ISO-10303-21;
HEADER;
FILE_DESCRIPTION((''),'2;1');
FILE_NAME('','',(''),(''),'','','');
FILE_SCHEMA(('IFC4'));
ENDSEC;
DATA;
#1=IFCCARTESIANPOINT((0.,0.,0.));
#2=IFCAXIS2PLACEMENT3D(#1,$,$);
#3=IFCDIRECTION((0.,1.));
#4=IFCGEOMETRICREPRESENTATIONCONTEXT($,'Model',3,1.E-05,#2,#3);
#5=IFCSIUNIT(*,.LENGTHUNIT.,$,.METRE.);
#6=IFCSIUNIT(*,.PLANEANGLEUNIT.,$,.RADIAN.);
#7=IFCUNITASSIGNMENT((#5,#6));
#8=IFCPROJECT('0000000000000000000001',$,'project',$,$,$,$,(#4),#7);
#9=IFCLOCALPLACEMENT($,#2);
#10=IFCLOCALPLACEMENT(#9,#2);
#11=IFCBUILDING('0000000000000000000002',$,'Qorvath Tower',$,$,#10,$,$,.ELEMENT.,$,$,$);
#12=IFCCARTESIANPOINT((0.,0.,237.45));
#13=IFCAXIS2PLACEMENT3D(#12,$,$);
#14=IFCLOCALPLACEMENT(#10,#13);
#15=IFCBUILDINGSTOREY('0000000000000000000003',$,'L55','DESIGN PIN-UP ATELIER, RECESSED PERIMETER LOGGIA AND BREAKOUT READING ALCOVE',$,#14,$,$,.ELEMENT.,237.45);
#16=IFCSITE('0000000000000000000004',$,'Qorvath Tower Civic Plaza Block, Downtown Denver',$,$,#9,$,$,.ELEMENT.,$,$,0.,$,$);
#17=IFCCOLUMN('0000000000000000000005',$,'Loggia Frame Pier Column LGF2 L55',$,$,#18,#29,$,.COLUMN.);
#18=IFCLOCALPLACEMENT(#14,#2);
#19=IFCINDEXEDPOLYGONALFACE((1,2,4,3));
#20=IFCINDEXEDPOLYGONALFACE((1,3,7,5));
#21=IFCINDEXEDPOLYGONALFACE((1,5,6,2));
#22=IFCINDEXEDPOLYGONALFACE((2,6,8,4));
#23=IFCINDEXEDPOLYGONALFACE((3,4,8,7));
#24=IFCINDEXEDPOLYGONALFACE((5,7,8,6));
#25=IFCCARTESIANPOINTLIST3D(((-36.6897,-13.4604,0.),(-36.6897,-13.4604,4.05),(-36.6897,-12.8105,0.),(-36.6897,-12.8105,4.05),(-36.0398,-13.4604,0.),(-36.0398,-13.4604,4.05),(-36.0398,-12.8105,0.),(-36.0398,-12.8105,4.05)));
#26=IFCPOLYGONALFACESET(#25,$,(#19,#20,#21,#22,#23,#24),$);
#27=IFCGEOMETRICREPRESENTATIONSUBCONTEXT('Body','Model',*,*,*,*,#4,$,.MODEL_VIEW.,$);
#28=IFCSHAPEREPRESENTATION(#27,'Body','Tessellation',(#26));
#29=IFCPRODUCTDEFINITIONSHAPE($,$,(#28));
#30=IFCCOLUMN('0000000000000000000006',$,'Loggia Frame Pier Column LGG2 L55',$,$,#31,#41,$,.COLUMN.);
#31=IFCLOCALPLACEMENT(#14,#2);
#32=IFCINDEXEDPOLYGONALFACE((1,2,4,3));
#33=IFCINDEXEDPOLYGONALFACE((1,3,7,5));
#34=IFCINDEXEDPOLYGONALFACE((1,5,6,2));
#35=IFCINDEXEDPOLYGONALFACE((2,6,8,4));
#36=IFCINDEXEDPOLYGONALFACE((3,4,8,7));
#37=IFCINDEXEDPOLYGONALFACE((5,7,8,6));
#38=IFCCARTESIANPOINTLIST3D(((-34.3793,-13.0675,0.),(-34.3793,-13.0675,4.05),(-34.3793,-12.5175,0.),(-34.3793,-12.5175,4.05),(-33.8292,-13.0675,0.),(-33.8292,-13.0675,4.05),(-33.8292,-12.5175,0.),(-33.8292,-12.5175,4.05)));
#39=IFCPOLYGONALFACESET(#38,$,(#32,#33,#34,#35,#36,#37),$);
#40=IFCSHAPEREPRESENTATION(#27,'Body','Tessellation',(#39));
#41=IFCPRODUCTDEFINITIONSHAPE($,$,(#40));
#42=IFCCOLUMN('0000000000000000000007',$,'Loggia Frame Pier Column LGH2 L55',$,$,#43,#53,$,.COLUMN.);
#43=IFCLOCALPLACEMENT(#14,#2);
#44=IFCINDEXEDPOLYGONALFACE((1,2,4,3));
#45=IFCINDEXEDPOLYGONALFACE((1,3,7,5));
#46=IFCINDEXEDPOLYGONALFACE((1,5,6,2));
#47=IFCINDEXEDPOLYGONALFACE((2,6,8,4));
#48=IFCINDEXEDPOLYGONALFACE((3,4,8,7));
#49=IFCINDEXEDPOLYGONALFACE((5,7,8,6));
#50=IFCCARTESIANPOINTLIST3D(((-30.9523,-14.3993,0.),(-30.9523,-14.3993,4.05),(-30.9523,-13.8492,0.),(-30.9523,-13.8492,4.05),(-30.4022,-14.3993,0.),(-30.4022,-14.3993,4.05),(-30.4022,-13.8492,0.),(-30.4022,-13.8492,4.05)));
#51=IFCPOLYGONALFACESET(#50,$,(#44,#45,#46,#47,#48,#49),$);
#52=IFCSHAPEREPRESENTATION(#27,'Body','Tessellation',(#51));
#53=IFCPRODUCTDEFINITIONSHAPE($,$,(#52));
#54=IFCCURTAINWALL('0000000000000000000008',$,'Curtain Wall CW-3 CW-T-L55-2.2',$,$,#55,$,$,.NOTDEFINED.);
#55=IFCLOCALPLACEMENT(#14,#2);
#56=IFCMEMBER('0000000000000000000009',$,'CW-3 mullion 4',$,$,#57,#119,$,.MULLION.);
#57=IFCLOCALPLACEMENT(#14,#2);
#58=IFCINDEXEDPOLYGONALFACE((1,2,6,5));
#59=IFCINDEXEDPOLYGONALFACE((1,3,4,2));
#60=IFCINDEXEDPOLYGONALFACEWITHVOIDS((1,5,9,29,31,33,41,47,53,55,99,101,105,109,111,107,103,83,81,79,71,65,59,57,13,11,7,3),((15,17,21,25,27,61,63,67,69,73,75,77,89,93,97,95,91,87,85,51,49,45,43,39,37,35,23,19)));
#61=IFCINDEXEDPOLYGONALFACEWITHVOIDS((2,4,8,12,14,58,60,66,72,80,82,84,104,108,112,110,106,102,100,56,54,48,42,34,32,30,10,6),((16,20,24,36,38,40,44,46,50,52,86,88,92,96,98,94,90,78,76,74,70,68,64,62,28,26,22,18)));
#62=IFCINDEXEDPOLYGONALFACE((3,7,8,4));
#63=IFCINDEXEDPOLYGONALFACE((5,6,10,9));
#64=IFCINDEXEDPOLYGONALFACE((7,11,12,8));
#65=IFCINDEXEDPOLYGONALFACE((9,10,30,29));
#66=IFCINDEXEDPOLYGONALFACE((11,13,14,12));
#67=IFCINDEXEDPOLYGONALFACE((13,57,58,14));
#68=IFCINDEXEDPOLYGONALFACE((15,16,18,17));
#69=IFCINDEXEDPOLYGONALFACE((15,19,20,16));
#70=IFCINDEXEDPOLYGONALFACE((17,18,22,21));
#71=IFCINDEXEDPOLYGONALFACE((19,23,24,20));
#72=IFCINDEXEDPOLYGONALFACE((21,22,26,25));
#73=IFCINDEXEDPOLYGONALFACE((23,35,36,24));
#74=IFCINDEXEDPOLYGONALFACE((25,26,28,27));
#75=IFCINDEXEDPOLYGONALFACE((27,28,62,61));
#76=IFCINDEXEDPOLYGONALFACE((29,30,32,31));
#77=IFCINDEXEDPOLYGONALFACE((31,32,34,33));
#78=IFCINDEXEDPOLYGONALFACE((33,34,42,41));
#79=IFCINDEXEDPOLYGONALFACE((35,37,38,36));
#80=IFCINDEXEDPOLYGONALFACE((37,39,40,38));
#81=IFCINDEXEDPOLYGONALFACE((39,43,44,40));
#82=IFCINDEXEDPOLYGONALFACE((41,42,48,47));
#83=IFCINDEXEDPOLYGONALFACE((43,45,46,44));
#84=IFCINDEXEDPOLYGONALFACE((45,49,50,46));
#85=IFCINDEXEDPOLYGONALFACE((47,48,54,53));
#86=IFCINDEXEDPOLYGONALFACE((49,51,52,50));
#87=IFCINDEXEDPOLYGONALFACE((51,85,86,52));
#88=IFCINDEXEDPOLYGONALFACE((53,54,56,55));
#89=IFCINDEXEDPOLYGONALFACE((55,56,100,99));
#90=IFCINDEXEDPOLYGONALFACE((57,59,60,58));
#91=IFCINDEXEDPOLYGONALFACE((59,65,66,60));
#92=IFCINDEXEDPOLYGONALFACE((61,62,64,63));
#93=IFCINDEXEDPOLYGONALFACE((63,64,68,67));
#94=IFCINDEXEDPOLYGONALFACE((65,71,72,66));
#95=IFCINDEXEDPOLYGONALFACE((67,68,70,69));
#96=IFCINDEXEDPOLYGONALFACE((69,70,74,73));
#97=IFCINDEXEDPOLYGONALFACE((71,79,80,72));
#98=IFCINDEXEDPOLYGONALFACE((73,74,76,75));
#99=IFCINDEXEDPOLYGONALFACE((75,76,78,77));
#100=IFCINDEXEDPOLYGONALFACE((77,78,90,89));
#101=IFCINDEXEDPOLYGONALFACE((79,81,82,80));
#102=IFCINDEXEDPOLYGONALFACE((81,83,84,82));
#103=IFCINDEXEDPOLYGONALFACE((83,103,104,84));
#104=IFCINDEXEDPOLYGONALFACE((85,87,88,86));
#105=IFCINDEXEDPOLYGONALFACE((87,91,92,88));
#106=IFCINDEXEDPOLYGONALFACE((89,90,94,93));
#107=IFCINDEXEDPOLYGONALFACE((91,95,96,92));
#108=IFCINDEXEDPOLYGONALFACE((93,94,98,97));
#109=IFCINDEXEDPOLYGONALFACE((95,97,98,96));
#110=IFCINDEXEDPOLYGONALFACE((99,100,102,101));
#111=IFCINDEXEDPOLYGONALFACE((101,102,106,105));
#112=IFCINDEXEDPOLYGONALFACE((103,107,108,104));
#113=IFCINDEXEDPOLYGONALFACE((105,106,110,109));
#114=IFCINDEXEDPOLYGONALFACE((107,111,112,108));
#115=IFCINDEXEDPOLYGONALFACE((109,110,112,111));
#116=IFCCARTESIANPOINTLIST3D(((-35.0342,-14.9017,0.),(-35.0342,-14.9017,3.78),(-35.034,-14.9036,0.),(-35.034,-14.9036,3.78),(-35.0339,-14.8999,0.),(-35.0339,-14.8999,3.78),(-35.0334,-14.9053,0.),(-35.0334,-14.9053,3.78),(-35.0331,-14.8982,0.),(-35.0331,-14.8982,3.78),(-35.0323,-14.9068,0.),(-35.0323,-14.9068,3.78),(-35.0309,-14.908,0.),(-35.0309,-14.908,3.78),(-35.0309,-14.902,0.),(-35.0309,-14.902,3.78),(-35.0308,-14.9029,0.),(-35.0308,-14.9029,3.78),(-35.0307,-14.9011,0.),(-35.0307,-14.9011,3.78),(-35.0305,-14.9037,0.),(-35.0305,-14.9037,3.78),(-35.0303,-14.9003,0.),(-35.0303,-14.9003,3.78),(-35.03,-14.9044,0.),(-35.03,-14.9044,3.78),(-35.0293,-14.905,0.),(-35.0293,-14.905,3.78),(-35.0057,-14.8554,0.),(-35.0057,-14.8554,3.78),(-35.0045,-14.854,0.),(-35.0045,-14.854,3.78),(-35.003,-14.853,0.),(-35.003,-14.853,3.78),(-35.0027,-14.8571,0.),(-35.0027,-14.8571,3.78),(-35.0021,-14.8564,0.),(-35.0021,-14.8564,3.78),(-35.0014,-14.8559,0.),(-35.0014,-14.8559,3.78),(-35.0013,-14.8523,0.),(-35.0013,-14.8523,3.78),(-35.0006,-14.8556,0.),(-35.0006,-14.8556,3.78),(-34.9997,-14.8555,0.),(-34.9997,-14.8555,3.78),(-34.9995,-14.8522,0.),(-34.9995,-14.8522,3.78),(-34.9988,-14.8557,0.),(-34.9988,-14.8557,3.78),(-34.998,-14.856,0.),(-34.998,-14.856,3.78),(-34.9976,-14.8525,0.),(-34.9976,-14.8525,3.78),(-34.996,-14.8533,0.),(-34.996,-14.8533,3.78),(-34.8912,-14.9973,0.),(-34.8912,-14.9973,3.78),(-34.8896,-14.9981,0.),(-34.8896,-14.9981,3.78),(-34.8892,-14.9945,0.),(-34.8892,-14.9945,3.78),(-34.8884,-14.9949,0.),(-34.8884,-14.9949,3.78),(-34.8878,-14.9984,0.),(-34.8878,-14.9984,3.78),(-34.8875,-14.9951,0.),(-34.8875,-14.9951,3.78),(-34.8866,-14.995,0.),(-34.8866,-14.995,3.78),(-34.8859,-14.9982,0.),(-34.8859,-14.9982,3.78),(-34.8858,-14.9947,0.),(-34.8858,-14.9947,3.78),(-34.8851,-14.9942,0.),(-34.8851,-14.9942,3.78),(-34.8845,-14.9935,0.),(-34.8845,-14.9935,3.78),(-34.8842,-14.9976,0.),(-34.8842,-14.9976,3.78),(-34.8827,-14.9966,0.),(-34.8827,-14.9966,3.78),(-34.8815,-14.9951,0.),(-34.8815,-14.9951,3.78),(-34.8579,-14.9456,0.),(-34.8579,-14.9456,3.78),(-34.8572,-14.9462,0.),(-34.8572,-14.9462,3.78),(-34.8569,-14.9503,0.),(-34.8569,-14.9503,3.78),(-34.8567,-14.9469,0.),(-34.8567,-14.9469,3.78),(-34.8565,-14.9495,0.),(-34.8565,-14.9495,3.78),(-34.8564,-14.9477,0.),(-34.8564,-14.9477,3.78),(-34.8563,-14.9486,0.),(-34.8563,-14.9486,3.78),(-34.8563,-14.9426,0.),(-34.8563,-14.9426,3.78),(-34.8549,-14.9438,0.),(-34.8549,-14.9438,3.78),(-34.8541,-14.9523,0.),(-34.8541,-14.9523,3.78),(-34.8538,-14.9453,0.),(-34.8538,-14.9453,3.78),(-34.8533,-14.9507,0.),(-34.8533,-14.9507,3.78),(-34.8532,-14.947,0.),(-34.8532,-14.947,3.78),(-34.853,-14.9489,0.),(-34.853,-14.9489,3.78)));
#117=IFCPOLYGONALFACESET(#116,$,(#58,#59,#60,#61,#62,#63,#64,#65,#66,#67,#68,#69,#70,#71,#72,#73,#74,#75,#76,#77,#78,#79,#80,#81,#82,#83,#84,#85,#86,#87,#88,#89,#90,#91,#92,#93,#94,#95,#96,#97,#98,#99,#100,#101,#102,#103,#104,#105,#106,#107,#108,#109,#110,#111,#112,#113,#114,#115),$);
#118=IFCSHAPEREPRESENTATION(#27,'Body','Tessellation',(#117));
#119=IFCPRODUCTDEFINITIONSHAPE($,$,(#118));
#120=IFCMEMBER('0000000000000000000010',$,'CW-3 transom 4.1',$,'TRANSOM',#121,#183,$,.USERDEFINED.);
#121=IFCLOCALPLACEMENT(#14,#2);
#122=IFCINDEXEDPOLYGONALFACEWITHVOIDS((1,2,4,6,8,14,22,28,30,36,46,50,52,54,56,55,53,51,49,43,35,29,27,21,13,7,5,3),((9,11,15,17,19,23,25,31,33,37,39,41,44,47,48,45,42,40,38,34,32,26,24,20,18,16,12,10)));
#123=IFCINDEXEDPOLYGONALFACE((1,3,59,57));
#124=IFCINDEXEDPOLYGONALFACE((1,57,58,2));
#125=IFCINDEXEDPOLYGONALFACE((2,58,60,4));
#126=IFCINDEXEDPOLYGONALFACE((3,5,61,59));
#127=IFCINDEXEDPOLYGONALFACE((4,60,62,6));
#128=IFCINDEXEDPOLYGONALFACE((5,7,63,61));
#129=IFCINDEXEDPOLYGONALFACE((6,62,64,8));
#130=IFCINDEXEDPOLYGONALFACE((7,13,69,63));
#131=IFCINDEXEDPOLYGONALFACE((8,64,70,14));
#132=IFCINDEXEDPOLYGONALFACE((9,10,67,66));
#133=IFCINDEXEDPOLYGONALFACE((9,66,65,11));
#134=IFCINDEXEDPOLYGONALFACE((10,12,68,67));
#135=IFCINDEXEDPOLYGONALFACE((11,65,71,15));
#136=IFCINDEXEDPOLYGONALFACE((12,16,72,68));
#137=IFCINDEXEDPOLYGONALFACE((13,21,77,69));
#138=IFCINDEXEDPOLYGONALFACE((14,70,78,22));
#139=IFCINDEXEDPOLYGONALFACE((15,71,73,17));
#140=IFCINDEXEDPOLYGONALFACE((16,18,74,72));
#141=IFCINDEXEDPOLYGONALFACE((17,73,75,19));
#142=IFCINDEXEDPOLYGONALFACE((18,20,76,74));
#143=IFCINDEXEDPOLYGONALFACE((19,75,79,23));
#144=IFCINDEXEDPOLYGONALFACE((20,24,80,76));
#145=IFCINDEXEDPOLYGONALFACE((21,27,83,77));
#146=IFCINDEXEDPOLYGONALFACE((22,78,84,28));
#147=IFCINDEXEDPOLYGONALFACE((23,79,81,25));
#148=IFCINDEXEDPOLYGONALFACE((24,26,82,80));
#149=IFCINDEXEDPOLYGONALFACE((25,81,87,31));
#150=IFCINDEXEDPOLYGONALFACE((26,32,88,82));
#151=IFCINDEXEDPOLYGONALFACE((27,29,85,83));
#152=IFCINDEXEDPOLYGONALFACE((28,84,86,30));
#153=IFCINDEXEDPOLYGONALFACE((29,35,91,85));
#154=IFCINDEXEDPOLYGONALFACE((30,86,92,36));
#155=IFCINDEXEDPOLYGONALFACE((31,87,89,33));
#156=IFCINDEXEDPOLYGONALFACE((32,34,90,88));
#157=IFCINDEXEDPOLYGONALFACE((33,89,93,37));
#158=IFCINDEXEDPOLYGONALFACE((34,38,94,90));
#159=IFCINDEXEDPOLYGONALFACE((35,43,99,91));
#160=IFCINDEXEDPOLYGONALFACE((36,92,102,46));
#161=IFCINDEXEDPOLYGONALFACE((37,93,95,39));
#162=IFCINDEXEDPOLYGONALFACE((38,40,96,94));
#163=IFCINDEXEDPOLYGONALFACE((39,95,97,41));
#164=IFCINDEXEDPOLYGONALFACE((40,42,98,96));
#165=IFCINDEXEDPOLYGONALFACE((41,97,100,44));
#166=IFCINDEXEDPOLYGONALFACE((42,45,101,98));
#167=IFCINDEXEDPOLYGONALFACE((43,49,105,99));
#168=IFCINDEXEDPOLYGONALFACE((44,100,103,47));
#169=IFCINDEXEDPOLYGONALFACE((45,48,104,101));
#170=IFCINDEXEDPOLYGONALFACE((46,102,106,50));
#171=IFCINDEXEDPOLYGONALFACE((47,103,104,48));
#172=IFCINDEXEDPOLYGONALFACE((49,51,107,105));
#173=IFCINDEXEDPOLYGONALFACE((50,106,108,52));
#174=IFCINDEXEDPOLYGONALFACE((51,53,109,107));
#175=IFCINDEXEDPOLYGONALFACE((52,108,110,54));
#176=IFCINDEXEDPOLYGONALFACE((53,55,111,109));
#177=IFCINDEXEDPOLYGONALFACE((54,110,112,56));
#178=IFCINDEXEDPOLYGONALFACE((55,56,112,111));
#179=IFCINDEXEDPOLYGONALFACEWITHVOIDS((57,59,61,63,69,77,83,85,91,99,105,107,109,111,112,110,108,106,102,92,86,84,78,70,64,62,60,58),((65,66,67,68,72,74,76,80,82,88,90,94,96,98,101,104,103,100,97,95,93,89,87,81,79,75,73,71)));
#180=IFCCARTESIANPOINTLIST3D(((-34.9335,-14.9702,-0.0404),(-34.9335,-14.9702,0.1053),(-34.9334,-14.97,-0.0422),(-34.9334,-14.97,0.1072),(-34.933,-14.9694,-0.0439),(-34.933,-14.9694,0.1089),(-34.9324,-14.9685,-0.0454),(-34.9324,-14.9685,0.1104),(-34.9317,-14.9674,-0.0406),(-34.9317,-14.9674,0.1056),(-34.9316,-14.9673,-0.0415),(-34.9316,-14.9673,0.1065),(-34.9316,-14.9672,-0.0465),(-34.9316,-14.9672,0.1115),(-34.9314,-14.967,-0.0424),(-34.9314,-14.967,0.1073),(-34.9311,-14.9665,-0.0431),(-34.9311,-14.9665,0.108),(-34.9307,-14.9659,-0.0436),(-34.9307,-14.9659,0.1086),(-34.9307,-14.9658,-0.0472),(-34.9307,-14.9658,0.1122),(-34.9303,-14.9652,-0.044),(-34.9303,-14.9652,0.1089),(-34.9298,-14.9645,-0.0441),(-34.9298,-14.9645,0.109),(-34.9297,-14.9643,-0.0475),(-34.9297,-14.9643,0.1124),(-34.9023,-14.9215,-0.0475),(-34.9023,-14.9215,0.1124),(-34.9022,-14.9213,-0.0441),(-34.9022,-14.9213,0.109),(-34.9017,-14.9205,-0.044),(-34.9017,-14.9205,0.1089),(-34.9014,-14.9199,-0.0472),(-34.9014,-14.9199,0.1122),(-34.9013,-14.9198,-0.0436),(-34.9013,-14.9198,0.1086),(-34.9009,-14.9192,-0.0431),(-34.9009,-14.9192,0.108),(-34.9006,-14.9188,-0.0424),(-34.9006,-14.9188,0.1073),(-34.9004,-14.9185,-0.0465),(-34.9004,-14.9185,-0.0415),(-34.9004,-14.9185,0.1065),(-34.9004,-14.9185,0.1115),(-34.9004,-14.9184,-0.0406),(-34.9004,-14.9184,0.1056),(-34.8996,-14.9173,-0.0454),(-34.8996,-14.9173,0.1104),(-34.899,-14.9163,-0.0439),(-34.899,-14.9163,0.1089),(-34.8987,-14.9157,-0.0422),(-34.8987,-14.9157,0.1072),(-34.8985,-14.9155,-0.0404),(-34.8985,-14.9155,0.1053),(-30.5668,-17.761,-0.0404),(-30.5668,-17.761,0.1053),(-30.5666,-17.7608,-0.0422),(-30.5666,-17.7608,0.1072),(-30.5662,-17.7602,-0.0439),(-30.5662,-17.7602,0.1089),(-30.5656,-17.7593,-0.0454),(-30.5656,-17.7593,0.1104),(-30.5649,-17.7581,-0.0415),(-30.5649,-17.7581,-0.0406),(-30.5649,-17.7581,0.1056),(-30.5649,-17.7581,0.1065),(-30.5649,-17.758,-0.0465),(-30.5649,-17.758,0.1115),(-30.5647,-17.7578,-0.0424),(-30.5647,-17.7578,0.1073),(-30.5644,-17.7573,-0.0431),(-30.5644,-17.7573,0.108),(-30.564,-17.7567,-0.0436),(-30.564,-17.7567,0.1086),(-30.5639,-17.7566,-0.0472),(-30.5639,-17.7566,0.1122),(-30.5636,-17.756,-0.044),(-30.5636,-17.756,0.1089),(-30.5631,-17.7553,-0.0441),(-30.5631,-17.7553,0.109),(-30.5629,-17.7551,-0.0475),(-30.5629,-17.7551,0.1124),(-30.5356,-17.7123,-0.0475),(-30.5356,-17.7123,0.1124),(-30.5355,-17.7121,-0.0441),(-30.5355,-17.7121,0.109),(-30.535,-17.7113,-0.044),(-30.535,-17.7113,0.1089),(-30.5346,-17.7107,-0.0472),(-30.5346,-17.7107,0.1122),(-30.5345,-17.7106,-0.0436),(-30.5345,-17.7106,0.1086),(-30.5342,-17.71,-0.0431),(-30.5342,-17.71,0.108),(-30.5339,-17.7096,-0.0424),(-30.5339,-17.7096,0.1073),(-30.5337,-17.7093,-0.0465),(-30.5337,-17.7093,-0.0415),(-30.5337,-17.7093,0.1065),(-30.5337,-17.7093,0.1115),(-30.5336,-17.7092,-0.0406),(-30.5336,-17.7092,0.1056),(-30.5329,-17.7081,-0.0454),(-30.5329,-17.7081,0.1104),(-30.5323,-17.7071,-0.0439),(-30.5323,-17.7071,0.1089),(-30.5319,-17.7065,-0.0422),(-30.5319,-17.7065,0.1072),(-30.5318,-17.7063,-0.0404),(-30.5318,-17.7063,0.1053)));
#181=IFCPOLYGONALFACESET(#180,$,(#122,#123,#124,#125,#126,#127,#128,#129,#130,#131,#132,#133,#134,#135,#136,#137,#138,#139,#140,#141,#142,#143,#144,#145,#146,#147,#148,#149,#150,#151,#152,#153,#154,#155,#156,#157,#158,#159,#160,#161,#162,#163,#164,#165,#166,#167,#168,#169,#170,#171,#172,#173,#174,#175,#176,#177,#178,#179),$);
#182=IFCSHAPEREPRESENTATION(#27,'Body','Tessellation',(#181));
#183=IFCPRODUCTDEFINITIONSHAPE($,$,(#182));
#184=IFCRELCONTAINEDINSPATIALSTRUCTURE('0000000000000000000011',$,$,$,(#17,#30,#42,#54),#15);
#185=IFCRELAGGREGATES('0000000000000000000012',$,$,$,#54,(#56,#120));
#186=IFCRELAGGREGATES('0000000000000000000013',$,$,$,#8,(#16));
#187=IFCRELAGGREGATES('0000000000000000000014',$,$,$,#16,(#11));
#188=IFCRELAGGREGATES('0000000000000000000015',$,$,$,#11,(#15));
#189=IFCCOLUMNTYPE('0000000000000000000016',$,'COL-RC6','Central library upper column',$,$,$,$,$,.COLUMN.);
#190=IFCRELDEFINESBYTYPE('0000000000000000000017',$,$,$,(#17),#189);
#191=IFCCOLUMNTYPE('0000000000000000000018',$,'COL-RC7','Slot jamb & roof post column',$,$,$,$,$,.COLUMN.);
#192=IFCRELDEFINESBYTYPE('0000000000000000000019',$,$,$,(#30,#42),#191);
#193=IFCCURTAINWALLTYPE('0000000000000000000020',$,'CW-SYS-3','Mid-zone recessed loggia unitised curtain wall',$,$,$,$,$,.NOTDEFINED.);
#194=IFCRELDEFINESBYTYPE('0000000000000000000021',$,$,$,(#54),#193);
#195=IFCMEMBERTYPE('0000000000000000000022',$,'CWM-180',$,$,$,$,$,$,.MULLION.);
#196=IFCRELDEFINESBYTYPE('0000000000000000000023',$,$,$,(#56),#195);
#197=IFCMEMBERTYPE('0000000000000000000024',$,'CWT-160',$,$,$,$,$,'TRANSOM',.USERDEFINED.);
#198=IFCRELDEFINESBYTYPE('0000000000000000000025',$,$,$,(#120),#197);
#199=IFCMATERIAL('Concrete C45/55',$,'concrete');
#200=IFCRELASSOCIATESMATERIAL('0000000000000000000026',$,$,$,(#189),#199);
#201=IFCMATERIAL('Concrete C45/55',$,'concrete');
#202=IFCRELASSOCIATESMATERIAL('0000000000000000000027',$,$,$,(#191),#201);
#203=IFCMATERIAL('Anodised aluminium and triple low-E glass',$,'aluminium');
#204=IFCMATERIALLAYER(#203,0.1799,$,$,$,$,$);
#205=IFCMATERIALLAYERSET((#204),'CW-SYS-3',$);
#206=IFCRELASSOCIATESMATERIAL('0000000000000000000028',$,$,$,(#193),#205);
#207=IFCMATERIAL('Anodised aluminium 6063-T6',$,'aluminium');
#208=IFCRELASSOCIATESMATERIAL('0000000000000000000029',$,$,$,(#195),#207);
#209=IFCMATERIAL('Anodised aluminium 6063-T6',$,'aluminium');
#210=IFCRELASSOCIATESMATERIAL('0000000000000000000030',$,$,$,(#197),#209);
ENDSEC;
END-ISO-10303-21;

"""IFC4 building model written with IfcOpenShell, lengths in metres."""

from ifc_helpers import new_model, si_unit, direction, frame, origin, origin_2d, place, context, subcontext, project, spatial, rectangle, hollow_rectangle, extrude, material, layer, layer_set, material_profile, profile_set, type_object, element, aggregate, save


model = new_model("IFC4")

# Units and contexts
model_context = context("Model", 3, precision=1e-05, world=origin(), true_north=direction((0.0, 1.0)))
body_context = subcontext(model_context, "Body", "Model", "MODEL_VIEW")
ifc_project = project(units=[si_unit("LENGTHUNIT", "METRE"), si_unit("PLANEANGLEUNIT", "RADIAN")], contexts=[model_context])

# Site, building, storey
site_placement = place(None, origin())
site = spatial("IfcSite", under=ifc_project, at=site_placement, Name="Qorvath Tower Civic Plaza Block, Downtown Denver", CompositionType="ELEMENT", RefElevation=0.0)
building_placement = place(site_placement, origin())
building = spatial("IfcBuilding", under=site, at=building_placement, Name="Qorvath Tower", CompositionType="ELEMENT")
storey_placement = place(building_placement, frame((0.0, 0.0, 237.45)))
storey = spatial("IfcBuildingStorey", under=building, at=storey_placement, Name="L55", Description="DESIGN PIN-UP ATELIER, RECESSED PERIMETER LOGGIA AND BREAKOUT READING ALCOVE", CompositionType="ELEMENT", Elevation=237.45)

# Columns
ifc_material_1 = material(Name="Concrete C45/55", Category="concrete")
ifc_material_profile_1 = material_profile(ifc_material_1, rectangle(XDim=0.6499, YDim=0.6499, at=origin_2d()), Name="RC 650x650")
ifc_profile_set_1 = profile_set([ifc_material_profile_1], Name="Concrete C45/55")
column_type_1 = type_object("IfcColumnType", Name="COL-RC6", Description="Central library upper column", PredefinedType="COLUMN", material=ifc_profile_set_1)
column_placement = place(storey_placement, frame((-36.3647, -13.1355, 0.0), z_axis=(0.0, 0.0, 1.0), x_axis=(1.0, 0.0, 0.0)))
element("IfcColumn", 1, at=column_placement, inside=storey, type_object=column_type_1, Name="Loggia Frame Pier Column LGF2 L55", PredefinedType="COLUMN", context=body_context, shape_type="SweptSolid", body=[
    extrude(rectangle(XDim=0.6499, YDim=0.6499, at=origin_2d()), origin(), (0.0, 0.0, 1.0), 4.05),
])
ifc_material_2 = material(Name="Concrete C45/55", Category="concrete")
ifc_material_profile_2 = material_profile(ifc_material_2, rectangle(XDim=0.55, YDim=0.55, at=origin_2d()), Name="RC 550x550")
ifc_profile_set_2 = profile_set([ifc_material_profile_2], Name="Concrete C45/55")
column_type_2 = type_object("IfcColumnType", Name="COL-RC7", Description="Slot jamb & roof post column", PredefinedType="COLUMN", material=ifc_profile_set_2)
for number, where, z_axis, x_axis, name in (
    (2, (-34.1042, -12.7925, 0.0), (0.0, 0.0, 1.0), (1.0, 0.0, 0.0), "Loggia Frame Pier Column LGG2 L55"),
    (3, (-30.6772, -14.1243, 0.0), (0.0, 0.0, 1.0), (1.0, 0.0, 0.0), "Loggia Frame Pier Column LGH2 L55"),
):
    element("IfcColumn", number, at=place(storey_placement, frame(where, z_axis=z_axis, x_axis=x_axis)), inside=storey, type_object=column_type_2, Name=name, PredefinedType="COLUMN", context=body_context, shape_type="SweptSolid", body=[
        extrude(rectangle(XDim=0.55, YDim=0.55, at=origin_2d()), origin(), (0.0, 0.0, 1.0), 4.05),
    ])

# Curtain wall, members
ifc_material_3 = material(Name="Anodised aluminium and triple low-E glass", Category="aluminium")
ifc_layer_1 = layer(ifc_material_3, 0.1799)
ifc_layer_set_1 = layer_set([ifc_layer_1], Name="CW-SYS-3")
curtain_wall_type = type_object("IfcCurtainWallType", Name="CW-SYS-3", Description="Mid-zone recessed loggia unitised curtain wall", PredefinedType="NOTDEFINED", material=ifc_layer_set_1)
curtain_wall_placement = place(storey_placement, origin())
curtain_wall = element("IfcCurtainWall", 4, at=curtain_wall_placement, inside=storey, type_object=curtain_wall_type, Name="Curtain Wall CW-3 CW-T-L55-2.2", PredefinedType="NOTDEFINED")
ifc_material_4 = material(Name="Anodised aluminium 6063-T6", Category="aluminium")
ifc_material_profile_3 = material_profile(ifc_material_4, hollow_rectangle(XDim=0.0649, YDim=0.1799, WallThickness=0.0034, InnerFilletRadius=0.0034, OuterFilletRadius=0.0071, at=origin_2d()), Name="CWM 180x65")
ifc_profile_set_3 = profile_set([ifc_material_profile_3], Name="Anodised aluminium 6063-T6")
member_type_1 = type_object("IfcMemberType", Name="CWM-180", PredefinedType="MULLION", material=ifc_profile_set_3)
member_1_placement = place(storey_placement, frame((-34.9436, -14.9253, 0.0), z_axis=(0.0, 0.0, 1.0), x_axis=(0.538529, 0.842607, 0.0)))
member_1 = element("IfcMember", 5, at=member_1_placement, type_object=member_type_1, Name="CW-3 mullion 4", PredefinedType="MULLION", context=body_context, shape_type="SweptSolid", body=[
    extrude(hollow_rectangle(XDim=0.0649, YDim=0.1799, WallThickness=0.0034, InnerFilletRadius=0.0034, OuterFilletRadius=0.0071, at=origin_2d()), origin(), (0.0, 0.0, 1.0), 3.78),
])
ifc_material_5 = material(Name="Anodised aluminium 6063-T6", Category="aluminium")
ifc_material_profile_4 = material_profile(ifc_material_5, hollow_rectangle(XDim=0.0649, YDim=0.1599, WallThickness=0.0034, InnerFilletRadius=0.0034, OuterFilletRadius=0.0071, at=origin_2d()), Name="CWT 160x65")
ifc_profile_set_4 = profile_set([ifc_material_profile_4], Name="Anodised aluminium 6063-T6")
member_type_2 = type_object("IfcMemberType", Name="CWT-160", ElementType="TRANSOM", PredefinedType="USERDEFINED", material=ifc_profile_set_4)
member_2_placement = place(storey_placement, frame((-34.916, -14.9429, 0.0325), z_axis=(0.842614, -0.538518, 0.0), x_axis=(0.538518, 0.842614, 0.0)))
member_2 = element("IfcMember", 6, at=member_2_placement, type_object=member_type_2, Name="CW-3 transom 4.1", ObjectType="TRANSOM", PredefinedType="USERDEFINED", context=body_context, shape_type="SweptSolid", body=[
    extrude(hollow_rectangle(XDim=0.0649, YDim=0.1599, WallThickness=0.0034, InnerFilletRadius=0.0034, OuterFilletRadius=0.0071, at=origin_2d()), origin(), (0.0, 0.0, 1.0), 5.1824),
])
aggregate(curtain_wall, [member_1, member_2])

save(model, "model.ifc")
